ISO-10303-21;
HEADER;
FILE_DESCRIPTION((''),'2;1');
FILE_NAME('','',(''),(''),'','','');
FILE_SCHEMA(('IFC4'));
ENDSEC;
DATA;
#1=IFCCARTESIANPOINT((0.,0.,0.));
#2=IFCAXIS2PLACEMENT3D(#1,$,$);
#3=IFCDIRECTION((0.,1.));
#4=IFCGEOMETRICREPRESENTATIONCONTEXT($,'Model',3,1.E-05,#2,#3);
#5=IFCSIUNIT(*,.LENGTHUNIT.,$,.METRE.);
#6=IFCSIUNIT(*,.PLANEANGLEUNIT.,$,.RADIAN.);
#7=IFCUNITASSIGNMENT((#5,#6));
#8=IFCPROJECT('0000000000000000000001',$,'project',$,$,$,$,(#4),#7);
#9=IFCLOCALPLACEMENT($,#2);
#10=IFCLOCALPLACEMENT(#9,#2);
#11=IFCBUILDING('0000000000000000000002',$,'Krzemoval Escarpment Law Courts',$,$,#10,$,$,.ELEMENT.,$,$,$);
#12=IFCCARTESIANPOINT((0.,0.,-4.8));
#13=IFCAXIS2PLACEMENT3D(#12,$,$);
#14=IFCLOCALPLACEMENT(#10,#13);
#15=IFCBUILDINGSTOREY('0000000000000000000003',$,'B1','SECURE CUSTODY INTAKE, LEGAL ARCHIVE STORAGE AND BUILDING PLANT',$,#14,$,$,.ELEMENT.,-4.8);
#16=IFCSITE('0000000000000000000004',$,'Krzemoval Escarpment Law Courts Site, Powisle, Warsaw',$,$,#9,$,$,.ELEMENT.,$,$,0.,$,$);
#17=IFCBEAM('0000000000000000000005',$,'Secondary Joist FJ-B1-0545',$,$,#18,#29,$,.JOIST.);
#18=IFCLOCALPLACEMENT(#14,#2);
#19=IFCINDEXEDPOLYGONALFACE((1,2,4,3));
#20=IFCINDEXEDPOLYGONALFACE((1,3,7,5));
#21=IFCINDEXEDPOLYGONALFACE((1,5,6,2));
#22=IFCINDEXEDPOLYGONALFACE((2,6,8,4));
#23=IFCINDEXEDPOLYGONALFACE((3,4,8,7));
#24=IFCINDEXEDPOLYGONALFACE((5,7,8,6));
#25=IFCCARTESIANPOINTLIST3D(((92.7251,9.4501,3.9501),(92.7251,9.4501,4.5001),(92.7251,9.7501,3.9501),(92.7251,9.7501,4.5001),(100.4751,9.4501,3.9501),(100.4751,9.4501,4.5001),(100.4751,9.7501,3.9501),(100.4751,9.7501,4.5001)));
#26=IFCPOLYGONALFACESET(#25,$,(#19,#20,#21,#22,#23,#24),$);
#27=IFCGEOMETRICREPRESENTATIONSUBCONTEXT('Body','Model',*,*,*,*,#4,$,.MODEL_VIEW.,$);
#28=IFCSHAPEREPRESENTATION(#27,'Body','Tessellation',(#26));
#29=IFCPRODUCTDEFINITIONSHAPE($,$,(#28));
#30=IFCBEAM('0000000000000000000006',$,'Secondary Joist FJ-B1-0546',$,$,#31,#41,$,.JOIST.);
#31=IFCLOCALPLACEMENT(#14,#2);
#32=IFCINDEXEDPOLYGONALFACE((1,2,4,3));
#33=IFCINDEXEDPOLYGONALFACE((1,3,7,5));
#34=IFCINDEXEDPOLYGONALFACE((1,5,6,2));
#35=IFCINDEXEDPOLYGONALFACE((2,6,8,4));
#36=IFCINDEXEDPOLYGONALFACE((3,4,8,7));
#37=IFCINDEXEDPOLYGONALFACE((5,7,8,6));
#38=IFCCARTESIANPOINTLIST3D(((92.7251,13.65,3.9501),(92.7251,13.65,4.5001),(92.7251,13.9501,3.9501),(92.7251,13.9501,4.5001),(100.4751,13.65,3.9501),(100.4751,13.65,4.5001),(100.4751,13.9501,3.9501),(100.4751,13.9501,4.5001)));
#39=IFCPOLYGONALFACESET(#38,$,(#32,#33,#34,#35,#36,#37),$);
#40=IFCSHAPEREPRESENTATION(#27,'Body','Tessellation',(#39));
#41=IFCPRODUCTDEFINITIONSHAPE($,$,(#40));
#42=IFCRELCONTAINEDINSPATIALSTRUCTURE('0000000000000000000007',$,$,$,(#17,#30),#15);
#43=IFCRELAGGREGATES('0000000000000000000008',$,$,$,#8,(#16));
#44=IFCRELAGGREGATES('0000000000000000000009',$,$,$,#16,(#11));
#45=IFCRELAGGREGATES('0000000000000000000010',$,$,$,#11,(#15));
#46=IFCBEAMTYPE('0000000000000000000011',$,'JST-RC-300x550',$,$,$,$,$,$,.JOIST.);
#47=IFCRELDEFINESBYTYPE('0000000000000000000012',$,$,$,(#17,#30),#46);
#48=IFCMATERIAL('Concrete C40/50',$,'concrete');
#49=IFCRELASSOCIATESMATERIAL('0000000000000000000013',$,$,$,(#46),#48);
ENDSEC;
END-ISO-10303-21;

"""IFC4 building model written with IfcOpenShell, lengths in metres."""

from ifc_helpers import new_model, si_unit, direction, frame, origin, origin_2d, place, context, subcontext, project, spatial, rectangle, extrude, material, material_profile, profile_set, type_object, element, save


model = new_model("IFC4")

# Units and contexts
model_context = context("Model", 3, precision=1e-05, world=origin(), true_north=direction((0.0, 1.0)))
body_context = subcontext(model_context, "Body", "Model", "MODEL_VIEW")
ifc_project = project(units=[si_unit("LENGTHUNIT", "METRE"), si_unit("PLANEANGLEUNIT", "RADIAN")], contexts=[model_context])

# Site, building, storey
site_placement = place(None, origin())
site = spatial("IfcSite", under=ifc_project, at=site_placement, Name="Krzemoval Escarpment Law Courts Site, Powisle, Warsaw", CompositionType="ELEMENT", RefElevation=0.0)
building_placement = place(site_placement, origin())
building = spatial("IfcBuilding", under=site, at=building_placement, Name="Krzemoval Escarpment Law Courts", CompositionType="ELEMENT")
storey_placement = place(building_placement, frame((0.0, 0.0, -4.8)))
storey = spatial("IfcBuildingStorey", under=building, at=storey_placement, Name="B1", Description="SECURE CUSTODY INTAKE, LEGAL ARCHIVE STORAGE AND BUILDING PLANT", CompositionType="ELEMENT", Elevation=-4.8)

# Beams
ifc_material_1 = material(Name="Concrete C40/50", Category="concrete")
ifc_material_profile_1 = material_profile(ifc_material_1, rectangle(XDim=0.3, YDim=0.55, at=origin_2d()), Name="RCB 300x550")
ifc_profile_set_1 = profile_set([ifc_material_profile_1], Name="Concrete C40/50")
beam_type_1 = type_object("IfcBeamType", Name="JST-RC-300x550", PredefinedType="JOIST", material=ifc_profile_set_1)
for number, where, z_axis, x_axis, name in (
    (1, (92.7251, 9.6001, 4.2251), (1.0, 0.0, 0.0), (0.0, 1.0, 0.0), "Secondary Joist FJ-B1-0545"),
    (2, (92.7251, 13.8, 4.2251), (1.0, 0.0, 0.0), (0.0, 1.0, 0.0), "Secondary Joist FJ-B1-0546"),
):
    element("IfcBeam", number, at=place(storey_placement, frame(where, z_axis=z_axis, x_axis=x_axis)), inside=storey, type_object=beam_type_1, Name=name, PredefinedType="JOIST", context=body_context, shape_type="SweptSolid", body=[
        extrude(rectangle(XDim=0.3, YDim=0.55, at=origin_2d()), origin(), (0.0, 0.0, 1.0), 7.75),
    ])

save(model, "model.ifc")
